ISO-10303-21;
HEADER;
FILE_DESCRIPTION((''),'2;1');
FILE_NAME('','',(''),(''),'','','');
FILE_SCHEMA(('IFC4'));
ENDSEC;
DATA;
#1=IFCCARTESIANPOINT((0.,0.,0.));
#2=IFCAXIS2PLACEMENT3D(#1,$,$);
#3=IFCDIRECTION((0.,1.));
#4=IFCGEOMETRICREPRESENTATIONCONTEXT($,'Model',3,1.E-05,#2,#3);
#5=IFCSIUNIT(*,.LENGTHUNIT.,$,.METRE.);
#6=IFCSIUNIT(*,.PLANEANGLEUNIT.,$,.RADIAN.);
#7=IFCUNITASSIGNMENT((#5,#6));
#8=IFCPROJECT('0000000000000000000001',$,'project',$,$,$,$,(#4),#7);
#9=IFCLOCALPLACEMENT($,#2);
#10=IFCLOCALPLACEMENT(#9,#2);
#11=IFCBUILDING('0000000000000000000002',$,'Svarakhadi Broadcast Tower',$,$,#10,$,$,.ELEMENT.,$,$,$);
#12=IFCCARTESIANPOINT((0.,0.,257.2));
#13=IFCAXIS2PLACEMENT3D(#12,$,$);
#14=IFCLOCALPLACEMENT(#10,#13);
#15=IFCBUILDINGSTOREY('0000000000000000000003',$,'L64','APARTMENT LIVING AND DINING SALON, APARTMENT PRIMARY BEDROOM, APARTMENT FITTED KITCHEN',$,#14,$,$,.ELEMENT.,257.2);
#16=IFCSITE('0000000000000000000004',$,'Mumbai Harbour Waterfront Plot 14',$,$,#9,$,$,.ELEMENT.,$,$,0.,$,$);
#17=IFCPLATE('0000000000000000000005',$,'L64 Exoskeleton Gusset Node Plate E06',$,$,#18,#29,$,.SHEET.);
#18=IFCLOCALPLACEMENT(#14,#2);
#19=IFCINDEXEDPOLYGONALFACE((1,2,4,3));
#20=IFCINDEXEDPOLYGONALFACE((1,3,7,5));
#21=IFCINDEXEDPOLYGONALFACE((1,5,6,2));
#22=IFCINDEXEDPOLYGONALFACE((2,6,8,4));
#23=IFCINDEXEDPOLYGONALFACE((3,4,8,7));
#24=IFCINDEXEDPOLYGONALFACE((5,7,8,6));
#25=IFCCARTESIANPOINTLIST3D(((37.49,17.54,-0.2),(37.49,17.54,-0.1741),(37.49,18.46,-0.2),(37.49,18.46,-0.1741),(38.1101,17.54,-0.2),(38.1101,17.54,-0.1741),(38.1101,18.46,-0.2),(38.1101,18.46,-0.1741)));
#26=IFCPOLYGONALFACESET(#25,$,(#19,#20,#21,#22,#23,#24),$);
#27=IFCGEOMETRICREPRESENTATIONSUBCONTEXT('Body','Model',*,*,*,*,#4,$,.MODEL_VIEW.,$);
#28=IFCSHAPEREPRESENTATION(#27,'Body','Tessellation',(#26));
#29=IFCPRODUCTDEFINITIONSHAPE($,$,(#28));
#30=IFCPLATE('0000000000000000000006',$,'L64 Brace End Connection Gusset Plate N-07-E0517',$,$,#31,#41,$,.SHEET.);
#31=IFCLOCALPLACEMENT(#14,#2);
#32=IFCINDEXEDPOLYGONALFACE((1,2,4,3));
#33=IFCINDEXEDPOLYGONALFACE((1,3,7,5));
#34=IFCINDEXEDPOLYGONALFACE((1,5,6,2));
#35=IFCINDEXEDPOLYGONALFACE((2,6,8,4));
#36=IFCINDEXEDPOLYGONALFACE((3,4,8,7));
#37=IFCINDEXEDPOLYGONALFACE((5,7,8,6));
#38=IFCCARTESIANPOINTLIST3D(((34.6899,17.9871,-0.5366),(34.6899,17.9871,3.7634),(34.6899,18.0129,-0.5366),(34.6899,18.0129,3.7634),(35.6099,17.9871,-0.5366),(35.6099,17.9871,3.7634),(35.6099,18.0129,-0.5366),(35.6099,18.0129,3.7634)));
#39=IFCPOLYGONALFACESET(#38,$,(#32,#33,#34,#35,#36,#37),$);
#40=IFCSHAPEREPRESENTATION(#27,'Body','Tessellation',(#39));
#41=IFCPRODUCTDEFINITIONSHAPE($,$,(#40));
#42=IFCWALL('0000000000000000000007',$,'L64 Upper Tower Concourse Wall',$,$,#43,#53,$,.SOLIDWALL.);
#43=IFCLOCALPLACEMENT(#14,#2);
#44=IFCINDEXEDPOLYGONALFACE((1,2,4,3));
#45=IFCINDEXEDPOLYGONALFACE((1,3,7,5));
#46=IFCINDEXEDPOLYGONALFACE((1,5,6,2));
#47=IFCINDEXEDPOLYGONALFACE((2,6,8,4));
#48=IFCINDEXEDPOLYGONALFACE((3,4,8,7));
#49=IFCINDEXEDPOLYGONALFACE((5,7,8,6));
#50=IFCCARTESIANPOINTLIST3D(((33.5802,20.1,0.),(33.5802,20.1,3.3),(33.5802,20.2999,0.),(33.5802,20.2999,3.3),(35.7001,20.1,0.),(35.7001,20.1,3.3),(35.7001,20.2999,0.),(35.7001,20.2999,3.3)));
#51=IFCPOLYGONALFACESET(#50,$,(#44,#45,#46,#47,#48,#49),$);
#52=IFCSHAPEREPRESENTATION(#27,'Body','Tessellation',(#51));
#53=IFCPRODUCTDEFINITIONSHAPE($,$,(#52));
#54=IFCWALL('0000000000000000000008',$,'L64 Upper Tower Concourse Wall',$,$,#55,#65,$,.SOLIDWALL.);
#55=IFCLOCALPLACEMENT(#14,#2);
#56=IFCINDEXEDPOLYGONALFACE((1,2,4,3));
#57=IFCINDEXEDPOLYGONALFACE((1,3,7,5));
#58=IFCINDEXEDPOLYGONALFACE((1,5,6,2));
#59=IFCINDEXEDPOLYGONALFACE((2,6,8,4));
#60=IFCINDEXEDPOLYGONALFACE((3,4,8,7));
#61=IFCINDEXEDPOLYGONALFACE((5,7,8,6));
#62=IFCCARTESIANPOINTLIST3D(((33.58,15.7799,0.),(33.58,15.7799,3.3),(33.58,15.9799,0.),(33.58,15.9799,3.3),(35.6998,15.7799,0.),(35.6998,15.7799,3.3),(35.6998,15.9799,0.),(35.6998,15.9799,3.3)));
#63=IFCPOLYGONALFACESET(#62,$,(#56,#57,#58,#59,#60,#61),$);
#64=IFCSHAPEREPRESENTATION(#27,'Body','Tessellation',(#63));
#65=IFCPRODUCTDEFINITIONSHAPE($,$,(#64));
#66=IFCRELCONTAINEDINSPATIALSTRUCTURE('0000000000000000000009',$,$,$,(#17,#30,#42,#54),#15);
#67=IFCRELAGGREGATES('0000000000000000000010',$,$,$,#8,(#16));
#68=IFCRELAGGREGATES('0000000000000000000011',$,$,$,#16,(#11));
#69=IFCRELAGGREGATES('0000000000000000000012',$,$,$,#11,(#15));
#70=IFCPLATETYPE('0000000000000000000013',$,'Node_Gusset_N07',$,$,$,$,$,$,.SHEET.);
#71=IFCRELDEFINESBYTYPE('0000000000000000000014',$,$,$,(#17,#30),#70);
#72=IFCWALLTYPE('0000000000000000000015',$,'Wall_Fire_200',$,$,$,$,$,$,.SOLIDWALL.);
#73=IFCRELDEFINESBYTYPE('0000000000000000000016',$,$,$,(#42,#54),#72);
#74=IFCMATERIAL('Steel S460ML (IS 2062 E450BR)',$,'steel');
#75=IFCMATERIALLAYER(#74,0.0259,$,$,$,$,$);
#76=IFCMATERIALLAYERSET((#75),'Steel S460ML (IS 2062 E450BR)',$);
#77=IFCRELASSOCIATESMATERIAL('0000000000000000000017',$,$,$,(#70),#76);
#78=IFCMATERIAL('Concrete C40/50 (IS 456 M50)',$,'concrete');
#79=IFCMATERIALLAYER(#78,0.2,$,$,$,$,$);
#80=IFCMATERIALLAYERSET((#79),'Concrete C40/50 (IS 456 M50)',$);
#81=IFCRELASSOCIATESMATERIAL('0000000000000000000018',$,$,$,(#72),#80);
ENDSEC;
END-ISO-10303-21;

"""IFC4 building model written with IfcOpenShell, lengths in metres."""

from ifc_helpers import new_model, si_unit, direction, frame, frame_2d, origin, origin_2d, place, context, subcontext, project, spatial, rectangle, extrude, material, layer, layer_set, type_object, element, save


model = new_model("IFC4")

# Units and contexts
model_context = context("Model", 3, precision=1e-05, world=origin(), true_north=direction((0.0, 1.0)))
body_context = subcontext(model_context, "Body", "Model", "MODEL_VIEW")
ifc_project = project(units=[si_unit("LENGTHUNIT", "METRE"), si_unit("PLANEANGLEUNIT", "RADIAN")], contexts=[model_context])

# Site, building, storey
site_placement = place(None, origin())
site = spatial("IfcSite", under=ifc_project, at=site_placement, Name="Mumbai Harbour Waterfront Plot 14", CompositionType="ELEMENT", RefElevation=0.0)
building_placement = place(site_placement, origin())
building = spatial("IfcBuilding", under=site, at=building_placement, Name="Svarakhadi Broadcast Tower", CompositionType="ELEMENT")
storey_placement = place(building_placement, frame((0.0, 0.0, 257.2)))
storey = spatial("IfcBuildingStorey", under=building, at=storey_placement, Name="L64", Description="APARTMENT LIVING AND DINING SALON, APARTMENT PRIMARY BEDROOM, APARTMENT FITTED KITCHEN", CompositionType="ELEMENT", Elevation=257.2)

# Shared definitions
ifc_material_1 = material(Name="Steel S460ML (IS 2062 E450BR)", Category="steel")

# Plates
ifc_layer_1 = layer(ifc_material_1, 0.0259)
ifc_layer_set_1 = layer_set([ifc_layer_1], Name="Steel S460ML (IS 2062 E450BR)")
plate_type_1 = type_object("IfcPlateType", Name="Node_Gusset_N07", PredefinedType="SHEET", material=ifc_layer_set_1)
plate_1_placement = place(storey_placement, frame((37.8, 18.0, -0.2), z_axis=(0.0, 0.0, 1.0), x_axis=(0.0, 1.0, 0.0)))
element("IfcPlate", 1, at=plate_1_placement, inside=storey, type_object=plate_type_1, Name="L64 Exoskeleton Gusset Node Plate E06", PredefinedType="SHEET", context=body_context, shape_type="SweptSolid", body=[
    extrude(rectangle(XDim=0.9199, YDim=0.6201, at=origin_2d()), origin(), (0.0, 0.0, 1.0), 0.0259),
])
plate_2_placement = place(storey_placement, frame((35.1499, 18.0, -0.5366), z_axis=(0.0, 0.0, 1.0), x_axis=(1.0, 0.0, 0.0)))
element("IfcPlate", 2, at=plate_2_placement, inside=storey, type_object=plate_type_1, Name="L64 Brace End Connection Gusset Plate N-07-E0517", PredefinedType="SHEET", context=body_context, shape_type="SweptSolid", body=[
    extrude(rectangle(XDim=0.9199, YDim=0.0259, at=origin_2d()), origin(), (0.0, 0.0, 1.0), 4.3),
])

# Walls
ifc_material_2 = material(Name="Concrete C40/50 (IS 456 M50)", Category="concrete")
ifc_layer_2 = layer(ifc_material_2, 0.2)
ifc_layer_set_2 = layer_set([ifc_layer_2], Name="Concrete C40/50 (IS 456 M50)")
wall_type = type_object("IfcWallType", Name="Wall_Fire_200", PredefinedType="SOLIDWALL", material=ifc_layer_set_2)
for number, where, z_axis, x_axis, name in (
    (3, (33.5801, 20.2, 0.0), (0.0, 0.0, 1.0), (1.0, 0.0, 0.0), "L64 Upper Tower Concourse Wall"),
    (4, (35.7, 15.8799, 0.0), (0.0, 0.0, 1.0), (-1.0, 0.0, 0.0), "L64 Upper Tower Concourse Wall"),
):
    element("IfcWall", number, at=place(storey_placement, frame(where, z_axis=z_axis, x_axis=x_axis)), inside=storey, type_object=wall_type, Name=name, PredefinedType="SOLIDWALL", context=body_context, shape_type="SweptSolid", body=[
        extrude(rectangle(XDim=2.1199, YDim=0.2, at=frame_2d((1.0601, 0.0))), origin(), (0.0, 0.0, 1.0), 3.3),
    ])

save(model, "model.ifc")
